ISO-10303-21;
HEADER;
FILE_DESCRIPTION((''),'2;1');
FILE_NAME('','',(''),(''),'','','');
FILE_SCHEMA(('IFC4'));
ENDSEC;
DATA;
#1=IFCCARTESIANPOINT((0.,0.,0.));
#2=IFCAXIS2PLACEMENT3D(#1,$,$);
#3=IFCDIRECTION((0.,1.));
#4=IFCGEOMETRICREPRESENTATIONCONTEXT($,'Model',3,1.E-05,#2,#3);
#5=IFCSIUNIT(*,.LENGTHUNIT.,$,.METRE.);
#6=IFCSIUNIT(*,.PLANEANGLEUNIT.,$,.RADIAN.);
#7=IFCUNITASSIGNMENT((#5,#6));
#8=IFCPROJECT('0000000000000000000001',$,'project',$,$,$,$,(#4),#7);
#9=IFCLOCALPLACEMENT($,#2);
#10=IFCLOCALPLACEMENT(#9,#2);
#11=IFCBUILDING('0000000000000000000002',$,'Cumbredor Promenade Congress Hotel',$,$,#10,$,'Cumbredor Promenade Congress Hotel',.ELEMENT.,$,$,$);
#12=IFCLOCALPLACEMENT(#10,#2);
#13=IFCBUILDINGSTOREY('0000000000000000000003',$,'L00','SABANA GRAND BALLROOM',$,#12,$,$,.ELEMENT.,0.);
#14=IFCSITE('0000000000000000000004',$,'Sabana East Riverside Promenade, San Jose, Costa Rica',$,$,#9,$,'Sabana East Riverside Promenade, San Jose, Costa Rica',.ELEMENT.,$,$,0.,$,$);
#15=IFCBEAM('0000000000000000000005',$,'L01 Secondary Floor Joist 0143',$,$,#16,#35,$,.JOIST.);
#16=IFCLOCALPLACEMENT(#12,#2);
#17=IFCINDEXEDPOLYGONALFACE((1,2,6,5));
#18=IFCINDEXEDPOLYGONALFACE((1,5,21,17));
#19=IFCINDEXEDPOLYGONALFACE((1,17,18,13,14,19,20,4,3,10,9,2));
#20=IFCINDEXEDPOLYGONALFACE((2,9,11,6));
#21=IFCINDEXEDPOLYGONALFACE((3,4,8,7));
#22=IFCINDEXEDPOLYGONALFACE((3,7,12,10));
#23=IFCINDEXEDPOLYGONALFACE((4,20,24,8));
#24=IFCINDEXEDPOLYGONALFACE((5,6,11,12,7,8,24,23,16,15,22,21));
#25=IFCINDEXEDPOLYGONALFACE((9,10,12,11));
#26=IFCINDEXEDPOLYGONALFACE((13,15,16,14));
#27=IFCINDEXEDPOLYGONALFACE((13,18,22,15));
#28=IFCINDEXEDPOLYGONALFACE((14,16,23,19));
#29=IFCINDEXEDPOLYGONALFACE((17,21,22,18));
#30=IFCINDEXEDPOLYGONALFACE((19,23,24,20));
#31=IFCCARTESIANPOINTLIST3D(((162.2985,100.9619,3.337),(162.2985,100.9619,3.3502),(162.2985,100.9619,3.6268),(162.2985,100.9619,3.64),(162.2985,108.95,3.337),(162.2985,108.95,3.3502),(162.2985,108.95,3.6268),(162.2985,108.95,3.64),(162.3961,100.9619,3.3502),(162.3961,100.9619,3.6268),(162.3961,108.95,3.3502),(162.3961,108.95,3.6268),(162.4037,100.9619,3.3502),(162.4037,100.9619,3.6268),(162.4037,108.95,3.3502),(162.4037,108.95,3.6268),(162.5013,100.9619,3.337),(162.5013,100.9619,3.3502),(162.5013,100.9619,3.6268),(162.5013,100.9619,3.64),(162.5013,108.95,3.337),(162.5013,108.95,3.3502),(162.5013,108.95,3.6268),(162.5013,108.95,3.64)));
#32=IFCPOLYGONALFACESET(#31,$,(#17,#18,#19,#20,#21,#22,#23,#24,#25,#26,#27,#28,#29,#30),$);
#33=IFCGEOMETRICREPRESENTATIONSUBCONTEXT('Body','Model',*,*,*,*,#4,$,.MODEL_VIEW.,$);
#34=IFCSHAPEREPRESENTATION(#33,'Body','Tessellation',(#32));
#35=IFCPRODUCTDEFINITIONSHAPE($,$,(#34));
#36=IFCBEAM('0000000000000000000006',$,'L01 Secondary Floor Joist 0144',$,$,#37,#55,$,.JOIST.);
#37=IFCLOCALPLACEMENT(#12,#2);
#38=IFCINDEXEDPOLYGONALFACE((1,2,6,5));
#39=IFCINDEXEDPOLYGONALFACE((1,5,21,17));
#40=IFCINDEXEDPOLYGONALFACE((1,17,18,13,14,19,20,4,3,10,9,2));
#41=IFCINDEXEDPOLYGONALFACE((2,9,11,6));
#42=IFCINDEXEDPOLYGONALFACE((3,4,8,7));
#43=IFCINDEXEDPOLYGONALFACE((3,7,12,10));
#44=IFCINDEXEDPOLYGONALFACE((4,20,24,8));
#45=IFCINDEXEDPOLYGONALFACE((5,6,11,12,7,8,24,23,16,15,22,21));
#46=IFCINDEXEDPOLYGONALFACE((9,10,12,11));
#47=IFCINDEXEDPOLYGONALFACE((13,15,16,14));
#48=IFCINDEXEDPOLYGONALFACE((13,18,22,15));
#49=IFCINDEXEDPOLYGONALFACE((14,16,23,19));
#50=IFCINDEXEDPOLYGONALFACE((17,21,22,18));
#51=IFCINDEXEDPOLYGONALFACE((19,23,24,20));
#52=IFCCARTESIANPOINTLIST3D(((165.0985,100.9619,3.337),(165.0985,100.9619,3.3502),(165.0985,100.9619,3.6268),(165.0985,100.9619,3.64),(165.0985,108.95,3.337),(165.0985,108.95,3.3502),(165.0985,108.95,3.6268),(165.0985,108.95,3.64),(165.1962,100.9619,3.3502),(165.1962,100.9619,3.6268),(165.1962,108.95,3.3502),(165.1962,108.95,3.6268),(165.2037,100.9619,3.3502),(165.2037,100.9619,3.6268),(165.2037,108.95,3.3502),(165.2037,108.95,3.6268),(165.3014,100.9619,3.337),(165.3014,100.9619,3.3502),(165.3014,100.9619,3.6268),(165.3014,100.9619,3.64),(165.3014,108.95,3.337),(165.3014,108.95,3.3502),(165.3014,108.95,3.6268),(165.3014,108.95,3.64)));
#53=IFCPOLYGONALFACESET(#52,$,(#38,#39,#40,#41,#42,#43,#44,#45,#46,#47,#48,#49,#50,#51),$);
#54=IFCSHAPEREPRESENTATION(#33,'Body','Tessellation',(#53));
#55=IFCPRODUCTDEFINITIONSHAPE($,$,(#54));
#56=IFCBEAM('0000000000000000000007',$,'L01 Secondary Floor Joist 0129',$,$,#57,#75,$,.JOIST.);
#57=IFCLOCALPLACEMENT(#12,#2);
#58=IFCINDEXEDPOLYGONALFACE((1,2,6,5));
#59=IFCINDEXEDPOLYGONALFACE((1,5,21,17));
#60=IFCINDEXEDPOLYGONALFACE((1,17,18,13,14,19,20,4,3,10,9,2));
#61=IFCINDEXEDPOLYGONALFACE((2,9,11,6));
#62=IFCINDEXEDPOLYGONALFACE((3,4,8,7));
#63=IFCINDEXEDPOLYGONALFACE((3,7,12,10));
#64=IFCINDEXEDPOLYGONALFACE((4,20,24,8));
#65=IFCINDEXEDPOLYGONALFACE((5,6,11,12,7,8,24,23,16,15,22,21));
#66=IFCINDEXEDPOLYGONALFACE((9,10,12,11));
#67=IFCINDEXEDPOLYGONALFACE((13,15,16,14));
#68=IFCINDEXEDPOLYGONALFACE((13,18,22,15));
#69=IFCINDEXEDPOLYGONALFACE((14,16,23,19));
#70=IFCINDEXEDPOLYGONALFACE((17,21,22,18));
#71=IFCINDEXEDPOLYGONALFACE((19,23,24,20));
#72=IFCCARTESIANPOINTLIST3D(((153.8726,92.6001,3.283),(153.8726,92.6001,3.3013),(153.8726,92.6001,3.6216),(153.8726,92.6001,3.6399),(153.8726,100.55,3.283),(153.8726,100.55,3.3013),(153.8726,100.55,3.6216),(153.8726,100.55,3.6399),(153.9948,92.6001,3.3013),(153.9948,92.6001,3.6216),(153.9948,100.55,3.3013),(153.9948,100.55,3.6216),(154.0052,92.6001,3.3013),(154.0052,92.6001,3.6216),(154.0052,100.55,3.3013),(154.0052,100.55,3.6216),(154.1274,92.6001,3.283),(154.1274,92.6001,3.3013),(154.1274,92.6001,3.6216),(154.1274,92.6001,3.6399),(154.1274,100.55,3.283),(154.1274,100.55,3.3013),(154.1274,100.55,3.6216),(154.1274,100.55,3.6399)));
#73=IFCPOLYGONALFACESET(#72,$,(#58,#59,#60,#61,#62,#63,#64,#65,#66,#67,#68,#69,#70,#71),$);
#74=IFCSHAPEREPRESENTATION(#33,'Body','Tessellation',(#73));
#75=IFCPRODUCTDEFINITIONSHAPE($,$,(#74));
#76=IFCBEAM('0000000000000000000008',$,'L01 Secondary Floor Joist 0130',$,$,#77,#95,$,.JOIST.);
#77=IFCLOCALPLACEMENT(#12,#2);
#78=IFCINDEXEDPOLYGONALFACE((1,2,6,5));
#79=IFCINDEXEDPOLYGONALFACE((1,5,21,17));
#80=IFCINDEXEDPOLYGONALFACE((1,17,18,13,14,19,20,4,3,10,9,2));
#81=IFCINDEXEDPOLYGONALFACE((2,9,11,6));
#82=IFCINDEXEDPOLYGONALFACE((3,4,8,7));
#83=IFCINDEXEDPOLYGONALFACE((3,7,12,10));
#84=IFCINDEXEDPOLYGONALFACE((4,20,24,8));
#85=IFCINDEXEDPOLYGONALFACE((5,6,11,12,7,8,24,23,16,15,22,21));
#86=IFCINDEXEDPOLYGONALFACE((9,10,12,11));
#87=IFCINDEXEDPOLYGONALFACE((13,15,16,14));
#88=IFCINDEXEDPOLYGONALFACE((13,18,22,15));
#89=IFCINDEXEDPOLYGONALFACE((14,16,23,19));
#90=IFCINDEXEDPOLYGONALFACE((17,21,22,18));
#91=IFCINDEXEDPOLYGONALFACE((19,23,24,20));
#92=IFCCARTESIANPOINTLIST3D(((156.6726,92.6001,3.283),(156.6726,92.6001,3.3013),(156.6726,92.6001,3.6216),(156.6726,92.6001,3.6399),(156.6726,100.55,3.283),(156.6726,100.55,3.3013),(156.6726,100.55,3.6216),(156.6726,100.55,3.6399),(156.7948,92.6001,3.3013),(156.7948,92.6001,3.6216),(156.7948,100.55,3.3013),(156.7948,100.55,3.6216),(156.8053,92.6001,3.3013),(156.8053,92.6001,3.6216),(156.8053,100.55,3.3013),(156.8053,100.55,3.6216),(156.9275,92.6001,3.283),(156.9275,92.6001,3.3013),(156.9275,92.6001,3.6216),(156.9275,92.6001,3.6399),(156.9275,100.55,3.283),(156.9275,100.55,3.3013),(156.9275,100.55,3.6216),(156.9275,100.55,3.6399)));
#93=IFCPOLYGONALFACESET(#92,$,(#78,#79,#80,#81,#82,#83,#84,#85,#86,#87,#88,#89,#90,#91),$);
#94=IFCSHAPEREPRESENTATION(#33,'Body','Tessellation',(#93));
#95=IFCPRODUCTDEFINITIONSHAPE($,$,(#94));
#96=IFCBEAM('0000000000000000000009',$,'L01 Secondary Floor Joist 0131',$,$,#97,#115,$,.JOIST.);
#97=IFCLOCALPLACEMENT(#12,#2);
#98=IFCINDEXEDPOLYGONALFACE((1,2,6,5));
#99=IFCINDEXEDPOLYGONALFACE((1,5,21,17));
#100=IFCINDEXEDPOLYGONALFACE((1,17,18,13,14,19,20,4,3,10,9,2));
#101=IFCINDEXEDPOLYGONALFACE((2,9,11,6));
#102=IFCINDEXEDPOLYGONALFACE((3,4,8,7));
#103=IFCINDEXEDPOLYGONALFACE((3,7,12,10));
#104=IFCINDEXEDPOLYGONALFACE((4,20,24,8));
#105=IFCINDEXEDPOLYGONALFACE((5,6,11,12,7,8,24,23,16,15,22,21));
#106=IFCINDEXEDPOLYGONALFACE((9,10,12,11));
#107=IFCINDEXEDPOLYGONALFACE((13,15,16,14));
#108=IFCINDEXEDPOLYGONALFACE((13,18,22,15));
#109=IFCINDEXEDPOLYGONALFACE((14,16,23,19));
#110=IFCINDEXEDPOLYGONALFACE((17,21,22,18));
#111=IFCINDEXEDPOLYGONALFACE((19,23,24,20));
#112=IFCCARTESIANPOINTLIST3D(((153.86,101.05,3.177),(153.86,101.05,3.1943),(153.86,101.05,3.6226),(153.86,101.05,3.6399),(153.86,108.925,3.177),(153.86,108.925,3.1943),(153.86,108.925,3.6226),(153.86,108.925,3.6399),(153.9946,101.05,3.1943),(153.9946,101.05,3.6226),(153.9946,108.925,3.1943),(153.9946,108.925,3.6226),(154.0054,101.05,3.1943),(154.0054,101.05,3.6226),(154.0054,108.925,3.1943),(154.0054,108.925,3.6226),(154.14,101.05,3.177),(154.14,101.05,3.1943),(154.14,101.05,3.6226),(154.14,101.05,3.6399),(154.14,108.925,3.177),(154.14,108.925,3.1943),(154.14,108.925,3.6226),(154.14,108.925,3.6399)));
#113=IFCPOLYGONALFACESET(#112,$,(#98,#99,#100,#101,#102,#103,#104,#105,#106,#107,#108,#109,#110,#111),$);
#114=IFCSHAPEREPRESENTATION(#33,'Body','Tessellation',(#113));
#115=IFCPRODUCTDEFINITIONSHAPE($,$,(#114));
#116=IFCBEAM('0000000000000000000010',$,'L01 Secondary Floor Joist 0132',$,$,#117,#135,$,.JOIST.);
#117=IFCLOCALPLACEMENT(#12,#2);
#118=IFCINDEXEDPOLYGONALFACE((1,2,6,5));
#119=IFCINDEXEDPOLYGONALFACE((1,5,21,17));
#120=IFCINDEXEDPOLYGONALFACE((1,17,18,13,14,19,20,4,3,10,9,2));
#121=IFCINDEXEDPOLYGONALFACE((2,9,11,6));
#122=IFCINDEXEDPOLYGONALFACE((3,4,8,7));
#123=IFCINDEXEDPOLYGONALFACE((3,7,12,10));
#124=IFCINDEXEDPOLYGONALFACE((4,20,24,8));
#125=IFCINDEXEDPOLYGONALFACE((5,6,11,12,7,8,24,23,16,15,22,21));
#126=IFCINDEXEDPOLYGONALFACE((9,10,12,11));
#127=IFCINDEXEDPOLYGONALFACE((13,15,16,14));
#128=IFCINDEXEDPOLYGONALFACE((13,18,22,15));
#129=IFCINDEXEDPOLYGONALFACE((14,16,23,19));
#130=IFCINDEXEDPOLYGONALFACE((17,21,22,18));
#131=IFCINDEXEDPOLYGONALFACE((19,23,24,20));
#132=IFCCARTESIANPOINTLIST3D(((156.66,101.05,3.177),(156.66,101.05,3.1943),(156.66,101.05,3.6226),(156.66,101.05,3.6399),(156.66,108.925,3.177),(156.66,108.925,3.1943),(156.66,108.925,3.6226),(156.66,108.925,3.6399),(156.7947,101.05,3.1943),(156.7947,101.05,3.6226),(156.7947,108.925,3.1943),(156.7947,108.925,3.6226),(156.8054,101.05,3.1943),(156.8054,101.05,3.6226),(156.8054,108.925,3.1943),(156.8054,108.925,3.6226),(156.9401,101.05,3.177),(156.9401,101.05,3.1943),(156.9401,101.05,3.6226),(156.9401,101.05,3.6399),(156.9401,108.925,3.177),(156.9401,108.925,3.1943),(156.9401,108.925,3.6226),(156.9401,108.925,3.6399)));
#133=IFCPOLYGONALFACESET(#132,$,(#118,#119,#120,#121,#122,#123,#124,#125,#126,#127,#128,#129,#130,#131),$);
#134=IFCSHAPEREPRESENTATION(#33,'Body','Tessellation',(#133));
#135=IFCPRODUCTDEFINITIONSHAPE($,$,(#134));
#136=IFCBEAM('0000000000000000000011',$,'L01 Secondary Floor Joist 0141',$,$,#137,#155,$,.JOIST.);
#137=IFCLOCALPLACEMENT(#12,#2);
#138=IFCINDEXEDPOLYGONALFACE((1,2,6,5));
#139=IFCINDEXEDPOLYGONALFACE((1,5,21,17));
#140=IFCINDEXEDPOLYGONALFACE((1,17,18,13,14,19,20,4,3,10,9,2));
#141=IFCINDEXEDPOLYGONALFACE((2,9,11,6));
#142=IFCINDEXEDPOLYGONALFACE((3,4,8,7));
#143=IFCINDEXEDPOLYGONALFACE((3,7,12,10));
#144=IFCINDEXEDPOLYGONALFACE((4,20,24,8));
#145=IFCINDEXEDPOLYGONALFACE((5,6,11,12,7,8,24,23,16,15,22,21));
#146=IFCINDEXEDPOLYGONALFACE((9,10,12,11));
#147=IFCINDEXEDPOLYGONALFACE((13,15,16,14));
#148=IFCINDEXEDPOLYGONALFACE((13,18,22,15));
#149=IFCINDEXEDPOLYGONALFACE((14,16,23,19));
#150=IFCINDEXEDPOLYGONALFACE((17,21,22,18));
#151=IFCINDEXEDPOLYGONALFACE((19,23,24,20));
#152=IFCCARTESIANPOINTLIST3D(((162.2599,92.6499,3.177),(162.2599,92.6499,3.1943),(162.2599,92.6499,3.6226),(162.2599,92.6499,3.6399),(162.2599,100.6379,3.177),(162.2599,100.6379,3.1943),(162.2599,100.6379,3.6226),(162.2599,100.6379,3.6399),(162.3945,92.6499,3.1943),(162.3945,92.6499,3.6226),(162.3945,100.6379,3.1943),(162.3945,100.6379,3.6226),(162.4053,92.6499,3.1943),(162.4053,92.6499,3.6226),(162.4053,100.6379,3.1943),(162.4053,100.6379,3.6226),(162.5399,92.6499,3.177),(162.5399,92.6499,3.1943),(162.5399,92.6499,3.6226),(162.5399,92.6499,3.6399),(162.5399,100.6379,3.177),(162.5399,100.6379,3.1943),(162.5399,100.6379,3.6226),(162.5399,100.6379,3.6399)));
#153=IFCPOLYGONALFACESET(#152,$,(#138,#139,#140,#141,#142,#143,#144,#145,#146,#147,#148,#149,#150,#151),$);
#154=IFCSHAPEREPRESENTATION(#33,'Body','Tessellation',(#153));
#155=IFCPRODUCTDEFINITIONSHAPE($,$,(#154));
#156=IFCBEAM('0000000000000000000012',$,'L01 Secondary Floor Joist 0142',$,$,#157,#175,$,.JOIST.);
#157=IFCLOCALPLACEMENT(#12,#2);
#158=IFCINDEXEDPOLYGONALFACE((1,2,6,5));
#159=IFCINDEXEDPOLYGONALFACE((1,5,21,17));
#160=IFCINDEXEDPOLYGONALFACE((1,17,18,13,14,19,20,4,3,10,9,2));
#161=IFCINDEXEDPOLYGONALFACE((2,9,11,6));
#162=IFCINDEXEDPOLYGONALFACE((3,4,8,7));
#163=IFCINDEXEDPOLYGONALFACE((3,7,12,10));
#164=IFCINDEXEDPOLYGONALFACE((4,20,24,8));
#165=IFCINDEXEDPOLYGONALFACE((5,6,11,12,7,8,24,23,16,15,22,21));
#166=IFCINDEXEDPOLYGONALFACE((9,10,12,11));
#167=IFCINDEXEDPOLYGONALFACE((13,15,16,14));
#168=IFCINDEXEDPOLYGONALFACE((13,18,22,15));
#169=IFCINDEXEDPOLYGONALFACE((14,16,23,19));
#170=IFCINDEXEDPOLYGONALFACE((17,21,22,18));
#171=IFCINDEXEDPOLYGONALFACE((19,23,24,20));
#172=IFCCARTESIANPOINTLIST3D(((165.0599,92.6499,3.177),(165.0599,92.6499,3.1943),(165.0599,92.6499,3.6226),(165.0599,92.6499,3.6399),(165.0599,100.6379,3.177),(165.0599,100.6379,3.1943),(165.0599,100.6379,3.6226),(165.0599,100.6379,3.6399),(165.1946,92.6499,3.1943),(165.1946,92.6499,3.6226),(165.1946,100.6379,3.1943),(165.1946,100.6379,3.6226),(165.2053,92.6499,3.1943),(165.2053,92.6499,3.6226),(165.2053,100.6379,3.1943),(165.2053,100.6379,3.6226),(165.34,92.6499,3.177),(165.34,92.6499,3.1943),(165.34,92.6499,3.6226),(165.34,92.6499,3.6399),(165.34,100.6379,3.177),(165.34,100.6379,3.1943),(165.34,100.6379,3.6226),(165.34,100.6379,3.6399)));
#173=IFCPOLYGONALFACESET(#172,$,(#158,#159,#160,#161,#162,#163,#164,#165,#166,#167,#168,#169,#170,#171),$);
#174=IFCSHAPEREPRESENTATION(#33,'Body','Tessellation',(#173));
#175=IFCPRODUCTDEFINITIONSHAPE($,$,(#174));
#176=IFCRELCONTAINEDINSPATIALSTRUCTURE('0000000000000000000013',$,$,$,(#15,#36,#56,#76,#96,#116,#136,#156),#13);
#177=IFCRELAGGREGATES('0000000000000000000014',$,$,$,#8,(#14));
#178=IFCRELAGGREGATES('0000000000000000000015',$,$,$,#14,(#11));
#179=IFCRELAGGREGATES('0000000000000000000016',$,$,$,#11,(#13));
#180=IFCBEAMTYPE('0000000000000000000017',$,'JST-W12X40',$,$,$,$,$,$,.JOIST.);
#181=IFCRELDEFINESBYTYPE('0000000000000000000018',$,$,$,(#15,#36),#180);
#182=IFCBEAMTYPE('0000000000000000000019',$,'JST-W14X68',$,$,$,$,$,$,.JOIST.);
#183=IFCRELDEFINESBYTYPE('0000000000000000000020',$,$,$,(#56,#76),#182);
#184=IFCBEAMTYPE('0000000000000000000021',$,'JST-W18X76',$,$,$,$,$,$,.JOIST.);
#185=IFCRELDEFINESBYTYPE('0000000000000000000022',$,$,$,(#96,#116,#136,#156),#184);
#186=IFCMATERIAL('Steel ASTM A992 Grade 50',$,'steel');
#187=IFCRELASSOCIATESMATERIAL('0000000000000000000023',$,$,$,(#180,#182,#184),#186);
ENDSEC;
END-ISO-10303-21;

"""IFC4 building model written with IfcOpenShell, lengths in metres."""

from ifc_helpers import new_model, si_unit, direction, frame, origin, origin_2d, place, context, subcontext, project, spatial, i_section, extrude, material, material_profile, profile_set, type_object, element, save


model = new_model("IFC4")

# Units and contexts
model_context = context("Model", 3, precision=1e-05, world=origin(), true_north=direction((0.0, 1.0)))
body_context = subcontext(model_context, "Body", "Model", "MODEL_VIEW")
ifc_project = project(units=[si_unit("LENGTHUNIT", "METRE"), si_unit("PLANEANGLEUNIT", "RADIAN")], contexts=[model_context])

# Site, building, storey
site_placement = place(None, origin())
site = spatial("IfcSite", under=ifc_project, at=site_placement, Name="Sabana East Riverside Promenade, San Jose, Costa Rica", LongName="Sabana East Riverside Promenade, San Jose, Costa Rica", CompositionType="ELEMENT", RefElevation=0.0)
building_placement = place(site_placement, origin())
building = spatial("IfcBuilding", under=site, at=building_placement, Name="Cumbredor Promenade Congress Hotel", LongName="Cumbredor Promenade Congress Hotel", CompositionType="ELEMENT")
storey_placement = place(building_placement, origin())
storey = spatial("IfcBuildingStorey", under=building, at=storey_placement, Name="L00", Description="SABANA GRAND BALLROOM", CompositionType="ELEMENT", Elevation=0.0)

# Beams
ifc_material_1 = material(Name="Steel ASTM A992 Grade 50", Category="steel")
ifc_material_profile_1 = material_profile(ifc_material_1, i_section(OverallWidth=0.2029, OverallDepth=0.303, WebThickness=0.0076, FlangeThickness=0.0132, at=origin_2d()), Name="W12X40")
ifc_profile_set_1 = profile_set([ifc_material_profile_1], Name="Steel ASTM A992 Grade 50")
beam_type_1 = type_object("IfcBeamType", Name="JST-W12X40", PredefinedType="JOIST", material=ifc_profile_set_1)
for number, where, z_axis, x_axis, name in (
    (1, (162.3999, 100.9619, 3.4885), (0.0, 1.0, 0.0), (-1.0, 0.0, 0.0), "L01 Secondary Floor Joist 0143"),
    (2, (165.2, 100.9619, 3.4885), (0.0, 1.0, 0.0), (-1.0, 0.0, 0.0), "L01 Secondary Floor Joist 0144"),
):
    element("IfcBeam", number, at=place(storey_placement, frame(where, z_axis=z_axis, x_axis=x_axis)), inside=storey, type_object=beam_type_1, Name=name, PredefinedType="JOIST", context=body_context, shape_type="SweptSolid", body=[
        extrude(i_section(OverallWidth=0.2029, OverallDepth=0.303, WebThickness=0.0076, FlangeThickness=0.0132, at=origin_2d()), origin(), (0.0, 0.0, 1.0), 7.988),
    ])
ifc_material_profile_2 = material_profile(ifc_material_1, i_section(OverallWidth=0.2549, OverallDepth=0.3569, WebThickness=0.0105, FlangeThickness=0.0183, at=origin_2d()), Name="W14X68")
ifc_profile_set_2 = profile_set([ifc_material_profile_2], Name="Steel ASTM A992 Grade 50")
beam_type_2 = type_object("IfcBeamType", Name="JST-W14X68", PredefinedType="JOIST", material=ifc_profile_set_2)
for number, where, z_axis, x_axis, name in (
    (3, (154.0, 92.6001, 3.4614), (0.0, 1.0, 0.0), (-1.0, 0.0, 0.0), "L01 Secondary Floor Joist 0129"),
    (4, (156.8, 92.6001, 3.4614), (0.0, 1.0, 0.0), (-1.0, 0.0, 0.0), "L01 Secondary Floor Joist 0130"),
):
    element("IfcBeam", number, at=place(storey_placement, frame(where, z_axis=z_axis, x_axis=x_axis)), inside=storey, type_object=beam_type_2, Name=name, PredefinedType="JOIST", context=body_context, shape_type="SweptSolid", body=[
        extrude(i_section(OverallWidth=0.2549, OverallDepth=0.3569, WebThickness=0.0105, FlangeThickness=0.0183, at=origin_2d()), origin(), (0.0, 0.0, 1.0), 7.95),
    ])
ifc_material_profile_3 = material_profile(ifc_material_1, i_section(OverallWidth=0.28, OverallDepth=0.4629, WebThickness=0.0107, FlangeThickness=0.0173, at=origin_2d()), Name="W18X76")
ifc_profile_set_3 = profile_set([ifc_material_profile_3], Name="Steel ASTM A992 Grade 50")
beam_type_3 = type_object("IfcBeamType", Name="JST-W18X76", PredefinedType="JOIST", material=ifc_profile_set_3)
for number, where, z_axis, x_axis, name in (
    (5, (154.0, 101.05, 3.4084), (0.0, 1.0, 0.0), (-1.0, 0.0, 0.0), "L01 Secondary Floor Joist 0131"),
    (6, (156.8, 101.05, 3.4084), (0.0, 1.0, 0.0), (-1.0, 0.0, 0.0), "L01 Secondary Floor Joist 0132"),
):
    element("IfcBeam", number, at=place(storey_placement, frame(where, z_axis=z_axis, x_axis=x_axis)), inside=storey, type_object=beam_type_3, Name=name, PredefinedType="JOIST", context=body_context, shape_type="SweptSolid", body=[
        extrude(i_section(OverallWidth=0.28, OverallDepth=0.4629, WebThickness=0.0107, FlangeThickness=0.0173, at=origin_2d()), origin(), (0.0, 0.0, 1.0), 7.875),
    ])
for number, where, z_axis, x_axis, name in (
    (7, (162.3999, 92.6499, 3.4084), (0.0, 1.0, 0.0), (-1.0, 0.0, 0.0), "L01 Secondary Floor Joist 0141"),
    (8, (165.2, 92.6499, 3.4084), (0.0, 1.0, 0.0), (-1.0, 0.0, 0.0), "L01 Secondary Floor Joist 0142"),
):
    element("IfcBeam", number, at=place(storey_placement, frame(where, z_axis=z_axis, x_axis=x_axis)), inside=storey, type_object=beam_type_3, Name=name, PredefinedType="JOIST", context=body_context, shape_type="SweptSolid", body=[
        extrude(i_section(OverallWidth=0.28, OverallDepth=0.4629, WebThickness=0.0107, FlangeThickness=0.0173, at=origin_2d()), origin(), (0.0, 0.0, 1.0), 7.988),
    ])

save(model, "model.ifc")
